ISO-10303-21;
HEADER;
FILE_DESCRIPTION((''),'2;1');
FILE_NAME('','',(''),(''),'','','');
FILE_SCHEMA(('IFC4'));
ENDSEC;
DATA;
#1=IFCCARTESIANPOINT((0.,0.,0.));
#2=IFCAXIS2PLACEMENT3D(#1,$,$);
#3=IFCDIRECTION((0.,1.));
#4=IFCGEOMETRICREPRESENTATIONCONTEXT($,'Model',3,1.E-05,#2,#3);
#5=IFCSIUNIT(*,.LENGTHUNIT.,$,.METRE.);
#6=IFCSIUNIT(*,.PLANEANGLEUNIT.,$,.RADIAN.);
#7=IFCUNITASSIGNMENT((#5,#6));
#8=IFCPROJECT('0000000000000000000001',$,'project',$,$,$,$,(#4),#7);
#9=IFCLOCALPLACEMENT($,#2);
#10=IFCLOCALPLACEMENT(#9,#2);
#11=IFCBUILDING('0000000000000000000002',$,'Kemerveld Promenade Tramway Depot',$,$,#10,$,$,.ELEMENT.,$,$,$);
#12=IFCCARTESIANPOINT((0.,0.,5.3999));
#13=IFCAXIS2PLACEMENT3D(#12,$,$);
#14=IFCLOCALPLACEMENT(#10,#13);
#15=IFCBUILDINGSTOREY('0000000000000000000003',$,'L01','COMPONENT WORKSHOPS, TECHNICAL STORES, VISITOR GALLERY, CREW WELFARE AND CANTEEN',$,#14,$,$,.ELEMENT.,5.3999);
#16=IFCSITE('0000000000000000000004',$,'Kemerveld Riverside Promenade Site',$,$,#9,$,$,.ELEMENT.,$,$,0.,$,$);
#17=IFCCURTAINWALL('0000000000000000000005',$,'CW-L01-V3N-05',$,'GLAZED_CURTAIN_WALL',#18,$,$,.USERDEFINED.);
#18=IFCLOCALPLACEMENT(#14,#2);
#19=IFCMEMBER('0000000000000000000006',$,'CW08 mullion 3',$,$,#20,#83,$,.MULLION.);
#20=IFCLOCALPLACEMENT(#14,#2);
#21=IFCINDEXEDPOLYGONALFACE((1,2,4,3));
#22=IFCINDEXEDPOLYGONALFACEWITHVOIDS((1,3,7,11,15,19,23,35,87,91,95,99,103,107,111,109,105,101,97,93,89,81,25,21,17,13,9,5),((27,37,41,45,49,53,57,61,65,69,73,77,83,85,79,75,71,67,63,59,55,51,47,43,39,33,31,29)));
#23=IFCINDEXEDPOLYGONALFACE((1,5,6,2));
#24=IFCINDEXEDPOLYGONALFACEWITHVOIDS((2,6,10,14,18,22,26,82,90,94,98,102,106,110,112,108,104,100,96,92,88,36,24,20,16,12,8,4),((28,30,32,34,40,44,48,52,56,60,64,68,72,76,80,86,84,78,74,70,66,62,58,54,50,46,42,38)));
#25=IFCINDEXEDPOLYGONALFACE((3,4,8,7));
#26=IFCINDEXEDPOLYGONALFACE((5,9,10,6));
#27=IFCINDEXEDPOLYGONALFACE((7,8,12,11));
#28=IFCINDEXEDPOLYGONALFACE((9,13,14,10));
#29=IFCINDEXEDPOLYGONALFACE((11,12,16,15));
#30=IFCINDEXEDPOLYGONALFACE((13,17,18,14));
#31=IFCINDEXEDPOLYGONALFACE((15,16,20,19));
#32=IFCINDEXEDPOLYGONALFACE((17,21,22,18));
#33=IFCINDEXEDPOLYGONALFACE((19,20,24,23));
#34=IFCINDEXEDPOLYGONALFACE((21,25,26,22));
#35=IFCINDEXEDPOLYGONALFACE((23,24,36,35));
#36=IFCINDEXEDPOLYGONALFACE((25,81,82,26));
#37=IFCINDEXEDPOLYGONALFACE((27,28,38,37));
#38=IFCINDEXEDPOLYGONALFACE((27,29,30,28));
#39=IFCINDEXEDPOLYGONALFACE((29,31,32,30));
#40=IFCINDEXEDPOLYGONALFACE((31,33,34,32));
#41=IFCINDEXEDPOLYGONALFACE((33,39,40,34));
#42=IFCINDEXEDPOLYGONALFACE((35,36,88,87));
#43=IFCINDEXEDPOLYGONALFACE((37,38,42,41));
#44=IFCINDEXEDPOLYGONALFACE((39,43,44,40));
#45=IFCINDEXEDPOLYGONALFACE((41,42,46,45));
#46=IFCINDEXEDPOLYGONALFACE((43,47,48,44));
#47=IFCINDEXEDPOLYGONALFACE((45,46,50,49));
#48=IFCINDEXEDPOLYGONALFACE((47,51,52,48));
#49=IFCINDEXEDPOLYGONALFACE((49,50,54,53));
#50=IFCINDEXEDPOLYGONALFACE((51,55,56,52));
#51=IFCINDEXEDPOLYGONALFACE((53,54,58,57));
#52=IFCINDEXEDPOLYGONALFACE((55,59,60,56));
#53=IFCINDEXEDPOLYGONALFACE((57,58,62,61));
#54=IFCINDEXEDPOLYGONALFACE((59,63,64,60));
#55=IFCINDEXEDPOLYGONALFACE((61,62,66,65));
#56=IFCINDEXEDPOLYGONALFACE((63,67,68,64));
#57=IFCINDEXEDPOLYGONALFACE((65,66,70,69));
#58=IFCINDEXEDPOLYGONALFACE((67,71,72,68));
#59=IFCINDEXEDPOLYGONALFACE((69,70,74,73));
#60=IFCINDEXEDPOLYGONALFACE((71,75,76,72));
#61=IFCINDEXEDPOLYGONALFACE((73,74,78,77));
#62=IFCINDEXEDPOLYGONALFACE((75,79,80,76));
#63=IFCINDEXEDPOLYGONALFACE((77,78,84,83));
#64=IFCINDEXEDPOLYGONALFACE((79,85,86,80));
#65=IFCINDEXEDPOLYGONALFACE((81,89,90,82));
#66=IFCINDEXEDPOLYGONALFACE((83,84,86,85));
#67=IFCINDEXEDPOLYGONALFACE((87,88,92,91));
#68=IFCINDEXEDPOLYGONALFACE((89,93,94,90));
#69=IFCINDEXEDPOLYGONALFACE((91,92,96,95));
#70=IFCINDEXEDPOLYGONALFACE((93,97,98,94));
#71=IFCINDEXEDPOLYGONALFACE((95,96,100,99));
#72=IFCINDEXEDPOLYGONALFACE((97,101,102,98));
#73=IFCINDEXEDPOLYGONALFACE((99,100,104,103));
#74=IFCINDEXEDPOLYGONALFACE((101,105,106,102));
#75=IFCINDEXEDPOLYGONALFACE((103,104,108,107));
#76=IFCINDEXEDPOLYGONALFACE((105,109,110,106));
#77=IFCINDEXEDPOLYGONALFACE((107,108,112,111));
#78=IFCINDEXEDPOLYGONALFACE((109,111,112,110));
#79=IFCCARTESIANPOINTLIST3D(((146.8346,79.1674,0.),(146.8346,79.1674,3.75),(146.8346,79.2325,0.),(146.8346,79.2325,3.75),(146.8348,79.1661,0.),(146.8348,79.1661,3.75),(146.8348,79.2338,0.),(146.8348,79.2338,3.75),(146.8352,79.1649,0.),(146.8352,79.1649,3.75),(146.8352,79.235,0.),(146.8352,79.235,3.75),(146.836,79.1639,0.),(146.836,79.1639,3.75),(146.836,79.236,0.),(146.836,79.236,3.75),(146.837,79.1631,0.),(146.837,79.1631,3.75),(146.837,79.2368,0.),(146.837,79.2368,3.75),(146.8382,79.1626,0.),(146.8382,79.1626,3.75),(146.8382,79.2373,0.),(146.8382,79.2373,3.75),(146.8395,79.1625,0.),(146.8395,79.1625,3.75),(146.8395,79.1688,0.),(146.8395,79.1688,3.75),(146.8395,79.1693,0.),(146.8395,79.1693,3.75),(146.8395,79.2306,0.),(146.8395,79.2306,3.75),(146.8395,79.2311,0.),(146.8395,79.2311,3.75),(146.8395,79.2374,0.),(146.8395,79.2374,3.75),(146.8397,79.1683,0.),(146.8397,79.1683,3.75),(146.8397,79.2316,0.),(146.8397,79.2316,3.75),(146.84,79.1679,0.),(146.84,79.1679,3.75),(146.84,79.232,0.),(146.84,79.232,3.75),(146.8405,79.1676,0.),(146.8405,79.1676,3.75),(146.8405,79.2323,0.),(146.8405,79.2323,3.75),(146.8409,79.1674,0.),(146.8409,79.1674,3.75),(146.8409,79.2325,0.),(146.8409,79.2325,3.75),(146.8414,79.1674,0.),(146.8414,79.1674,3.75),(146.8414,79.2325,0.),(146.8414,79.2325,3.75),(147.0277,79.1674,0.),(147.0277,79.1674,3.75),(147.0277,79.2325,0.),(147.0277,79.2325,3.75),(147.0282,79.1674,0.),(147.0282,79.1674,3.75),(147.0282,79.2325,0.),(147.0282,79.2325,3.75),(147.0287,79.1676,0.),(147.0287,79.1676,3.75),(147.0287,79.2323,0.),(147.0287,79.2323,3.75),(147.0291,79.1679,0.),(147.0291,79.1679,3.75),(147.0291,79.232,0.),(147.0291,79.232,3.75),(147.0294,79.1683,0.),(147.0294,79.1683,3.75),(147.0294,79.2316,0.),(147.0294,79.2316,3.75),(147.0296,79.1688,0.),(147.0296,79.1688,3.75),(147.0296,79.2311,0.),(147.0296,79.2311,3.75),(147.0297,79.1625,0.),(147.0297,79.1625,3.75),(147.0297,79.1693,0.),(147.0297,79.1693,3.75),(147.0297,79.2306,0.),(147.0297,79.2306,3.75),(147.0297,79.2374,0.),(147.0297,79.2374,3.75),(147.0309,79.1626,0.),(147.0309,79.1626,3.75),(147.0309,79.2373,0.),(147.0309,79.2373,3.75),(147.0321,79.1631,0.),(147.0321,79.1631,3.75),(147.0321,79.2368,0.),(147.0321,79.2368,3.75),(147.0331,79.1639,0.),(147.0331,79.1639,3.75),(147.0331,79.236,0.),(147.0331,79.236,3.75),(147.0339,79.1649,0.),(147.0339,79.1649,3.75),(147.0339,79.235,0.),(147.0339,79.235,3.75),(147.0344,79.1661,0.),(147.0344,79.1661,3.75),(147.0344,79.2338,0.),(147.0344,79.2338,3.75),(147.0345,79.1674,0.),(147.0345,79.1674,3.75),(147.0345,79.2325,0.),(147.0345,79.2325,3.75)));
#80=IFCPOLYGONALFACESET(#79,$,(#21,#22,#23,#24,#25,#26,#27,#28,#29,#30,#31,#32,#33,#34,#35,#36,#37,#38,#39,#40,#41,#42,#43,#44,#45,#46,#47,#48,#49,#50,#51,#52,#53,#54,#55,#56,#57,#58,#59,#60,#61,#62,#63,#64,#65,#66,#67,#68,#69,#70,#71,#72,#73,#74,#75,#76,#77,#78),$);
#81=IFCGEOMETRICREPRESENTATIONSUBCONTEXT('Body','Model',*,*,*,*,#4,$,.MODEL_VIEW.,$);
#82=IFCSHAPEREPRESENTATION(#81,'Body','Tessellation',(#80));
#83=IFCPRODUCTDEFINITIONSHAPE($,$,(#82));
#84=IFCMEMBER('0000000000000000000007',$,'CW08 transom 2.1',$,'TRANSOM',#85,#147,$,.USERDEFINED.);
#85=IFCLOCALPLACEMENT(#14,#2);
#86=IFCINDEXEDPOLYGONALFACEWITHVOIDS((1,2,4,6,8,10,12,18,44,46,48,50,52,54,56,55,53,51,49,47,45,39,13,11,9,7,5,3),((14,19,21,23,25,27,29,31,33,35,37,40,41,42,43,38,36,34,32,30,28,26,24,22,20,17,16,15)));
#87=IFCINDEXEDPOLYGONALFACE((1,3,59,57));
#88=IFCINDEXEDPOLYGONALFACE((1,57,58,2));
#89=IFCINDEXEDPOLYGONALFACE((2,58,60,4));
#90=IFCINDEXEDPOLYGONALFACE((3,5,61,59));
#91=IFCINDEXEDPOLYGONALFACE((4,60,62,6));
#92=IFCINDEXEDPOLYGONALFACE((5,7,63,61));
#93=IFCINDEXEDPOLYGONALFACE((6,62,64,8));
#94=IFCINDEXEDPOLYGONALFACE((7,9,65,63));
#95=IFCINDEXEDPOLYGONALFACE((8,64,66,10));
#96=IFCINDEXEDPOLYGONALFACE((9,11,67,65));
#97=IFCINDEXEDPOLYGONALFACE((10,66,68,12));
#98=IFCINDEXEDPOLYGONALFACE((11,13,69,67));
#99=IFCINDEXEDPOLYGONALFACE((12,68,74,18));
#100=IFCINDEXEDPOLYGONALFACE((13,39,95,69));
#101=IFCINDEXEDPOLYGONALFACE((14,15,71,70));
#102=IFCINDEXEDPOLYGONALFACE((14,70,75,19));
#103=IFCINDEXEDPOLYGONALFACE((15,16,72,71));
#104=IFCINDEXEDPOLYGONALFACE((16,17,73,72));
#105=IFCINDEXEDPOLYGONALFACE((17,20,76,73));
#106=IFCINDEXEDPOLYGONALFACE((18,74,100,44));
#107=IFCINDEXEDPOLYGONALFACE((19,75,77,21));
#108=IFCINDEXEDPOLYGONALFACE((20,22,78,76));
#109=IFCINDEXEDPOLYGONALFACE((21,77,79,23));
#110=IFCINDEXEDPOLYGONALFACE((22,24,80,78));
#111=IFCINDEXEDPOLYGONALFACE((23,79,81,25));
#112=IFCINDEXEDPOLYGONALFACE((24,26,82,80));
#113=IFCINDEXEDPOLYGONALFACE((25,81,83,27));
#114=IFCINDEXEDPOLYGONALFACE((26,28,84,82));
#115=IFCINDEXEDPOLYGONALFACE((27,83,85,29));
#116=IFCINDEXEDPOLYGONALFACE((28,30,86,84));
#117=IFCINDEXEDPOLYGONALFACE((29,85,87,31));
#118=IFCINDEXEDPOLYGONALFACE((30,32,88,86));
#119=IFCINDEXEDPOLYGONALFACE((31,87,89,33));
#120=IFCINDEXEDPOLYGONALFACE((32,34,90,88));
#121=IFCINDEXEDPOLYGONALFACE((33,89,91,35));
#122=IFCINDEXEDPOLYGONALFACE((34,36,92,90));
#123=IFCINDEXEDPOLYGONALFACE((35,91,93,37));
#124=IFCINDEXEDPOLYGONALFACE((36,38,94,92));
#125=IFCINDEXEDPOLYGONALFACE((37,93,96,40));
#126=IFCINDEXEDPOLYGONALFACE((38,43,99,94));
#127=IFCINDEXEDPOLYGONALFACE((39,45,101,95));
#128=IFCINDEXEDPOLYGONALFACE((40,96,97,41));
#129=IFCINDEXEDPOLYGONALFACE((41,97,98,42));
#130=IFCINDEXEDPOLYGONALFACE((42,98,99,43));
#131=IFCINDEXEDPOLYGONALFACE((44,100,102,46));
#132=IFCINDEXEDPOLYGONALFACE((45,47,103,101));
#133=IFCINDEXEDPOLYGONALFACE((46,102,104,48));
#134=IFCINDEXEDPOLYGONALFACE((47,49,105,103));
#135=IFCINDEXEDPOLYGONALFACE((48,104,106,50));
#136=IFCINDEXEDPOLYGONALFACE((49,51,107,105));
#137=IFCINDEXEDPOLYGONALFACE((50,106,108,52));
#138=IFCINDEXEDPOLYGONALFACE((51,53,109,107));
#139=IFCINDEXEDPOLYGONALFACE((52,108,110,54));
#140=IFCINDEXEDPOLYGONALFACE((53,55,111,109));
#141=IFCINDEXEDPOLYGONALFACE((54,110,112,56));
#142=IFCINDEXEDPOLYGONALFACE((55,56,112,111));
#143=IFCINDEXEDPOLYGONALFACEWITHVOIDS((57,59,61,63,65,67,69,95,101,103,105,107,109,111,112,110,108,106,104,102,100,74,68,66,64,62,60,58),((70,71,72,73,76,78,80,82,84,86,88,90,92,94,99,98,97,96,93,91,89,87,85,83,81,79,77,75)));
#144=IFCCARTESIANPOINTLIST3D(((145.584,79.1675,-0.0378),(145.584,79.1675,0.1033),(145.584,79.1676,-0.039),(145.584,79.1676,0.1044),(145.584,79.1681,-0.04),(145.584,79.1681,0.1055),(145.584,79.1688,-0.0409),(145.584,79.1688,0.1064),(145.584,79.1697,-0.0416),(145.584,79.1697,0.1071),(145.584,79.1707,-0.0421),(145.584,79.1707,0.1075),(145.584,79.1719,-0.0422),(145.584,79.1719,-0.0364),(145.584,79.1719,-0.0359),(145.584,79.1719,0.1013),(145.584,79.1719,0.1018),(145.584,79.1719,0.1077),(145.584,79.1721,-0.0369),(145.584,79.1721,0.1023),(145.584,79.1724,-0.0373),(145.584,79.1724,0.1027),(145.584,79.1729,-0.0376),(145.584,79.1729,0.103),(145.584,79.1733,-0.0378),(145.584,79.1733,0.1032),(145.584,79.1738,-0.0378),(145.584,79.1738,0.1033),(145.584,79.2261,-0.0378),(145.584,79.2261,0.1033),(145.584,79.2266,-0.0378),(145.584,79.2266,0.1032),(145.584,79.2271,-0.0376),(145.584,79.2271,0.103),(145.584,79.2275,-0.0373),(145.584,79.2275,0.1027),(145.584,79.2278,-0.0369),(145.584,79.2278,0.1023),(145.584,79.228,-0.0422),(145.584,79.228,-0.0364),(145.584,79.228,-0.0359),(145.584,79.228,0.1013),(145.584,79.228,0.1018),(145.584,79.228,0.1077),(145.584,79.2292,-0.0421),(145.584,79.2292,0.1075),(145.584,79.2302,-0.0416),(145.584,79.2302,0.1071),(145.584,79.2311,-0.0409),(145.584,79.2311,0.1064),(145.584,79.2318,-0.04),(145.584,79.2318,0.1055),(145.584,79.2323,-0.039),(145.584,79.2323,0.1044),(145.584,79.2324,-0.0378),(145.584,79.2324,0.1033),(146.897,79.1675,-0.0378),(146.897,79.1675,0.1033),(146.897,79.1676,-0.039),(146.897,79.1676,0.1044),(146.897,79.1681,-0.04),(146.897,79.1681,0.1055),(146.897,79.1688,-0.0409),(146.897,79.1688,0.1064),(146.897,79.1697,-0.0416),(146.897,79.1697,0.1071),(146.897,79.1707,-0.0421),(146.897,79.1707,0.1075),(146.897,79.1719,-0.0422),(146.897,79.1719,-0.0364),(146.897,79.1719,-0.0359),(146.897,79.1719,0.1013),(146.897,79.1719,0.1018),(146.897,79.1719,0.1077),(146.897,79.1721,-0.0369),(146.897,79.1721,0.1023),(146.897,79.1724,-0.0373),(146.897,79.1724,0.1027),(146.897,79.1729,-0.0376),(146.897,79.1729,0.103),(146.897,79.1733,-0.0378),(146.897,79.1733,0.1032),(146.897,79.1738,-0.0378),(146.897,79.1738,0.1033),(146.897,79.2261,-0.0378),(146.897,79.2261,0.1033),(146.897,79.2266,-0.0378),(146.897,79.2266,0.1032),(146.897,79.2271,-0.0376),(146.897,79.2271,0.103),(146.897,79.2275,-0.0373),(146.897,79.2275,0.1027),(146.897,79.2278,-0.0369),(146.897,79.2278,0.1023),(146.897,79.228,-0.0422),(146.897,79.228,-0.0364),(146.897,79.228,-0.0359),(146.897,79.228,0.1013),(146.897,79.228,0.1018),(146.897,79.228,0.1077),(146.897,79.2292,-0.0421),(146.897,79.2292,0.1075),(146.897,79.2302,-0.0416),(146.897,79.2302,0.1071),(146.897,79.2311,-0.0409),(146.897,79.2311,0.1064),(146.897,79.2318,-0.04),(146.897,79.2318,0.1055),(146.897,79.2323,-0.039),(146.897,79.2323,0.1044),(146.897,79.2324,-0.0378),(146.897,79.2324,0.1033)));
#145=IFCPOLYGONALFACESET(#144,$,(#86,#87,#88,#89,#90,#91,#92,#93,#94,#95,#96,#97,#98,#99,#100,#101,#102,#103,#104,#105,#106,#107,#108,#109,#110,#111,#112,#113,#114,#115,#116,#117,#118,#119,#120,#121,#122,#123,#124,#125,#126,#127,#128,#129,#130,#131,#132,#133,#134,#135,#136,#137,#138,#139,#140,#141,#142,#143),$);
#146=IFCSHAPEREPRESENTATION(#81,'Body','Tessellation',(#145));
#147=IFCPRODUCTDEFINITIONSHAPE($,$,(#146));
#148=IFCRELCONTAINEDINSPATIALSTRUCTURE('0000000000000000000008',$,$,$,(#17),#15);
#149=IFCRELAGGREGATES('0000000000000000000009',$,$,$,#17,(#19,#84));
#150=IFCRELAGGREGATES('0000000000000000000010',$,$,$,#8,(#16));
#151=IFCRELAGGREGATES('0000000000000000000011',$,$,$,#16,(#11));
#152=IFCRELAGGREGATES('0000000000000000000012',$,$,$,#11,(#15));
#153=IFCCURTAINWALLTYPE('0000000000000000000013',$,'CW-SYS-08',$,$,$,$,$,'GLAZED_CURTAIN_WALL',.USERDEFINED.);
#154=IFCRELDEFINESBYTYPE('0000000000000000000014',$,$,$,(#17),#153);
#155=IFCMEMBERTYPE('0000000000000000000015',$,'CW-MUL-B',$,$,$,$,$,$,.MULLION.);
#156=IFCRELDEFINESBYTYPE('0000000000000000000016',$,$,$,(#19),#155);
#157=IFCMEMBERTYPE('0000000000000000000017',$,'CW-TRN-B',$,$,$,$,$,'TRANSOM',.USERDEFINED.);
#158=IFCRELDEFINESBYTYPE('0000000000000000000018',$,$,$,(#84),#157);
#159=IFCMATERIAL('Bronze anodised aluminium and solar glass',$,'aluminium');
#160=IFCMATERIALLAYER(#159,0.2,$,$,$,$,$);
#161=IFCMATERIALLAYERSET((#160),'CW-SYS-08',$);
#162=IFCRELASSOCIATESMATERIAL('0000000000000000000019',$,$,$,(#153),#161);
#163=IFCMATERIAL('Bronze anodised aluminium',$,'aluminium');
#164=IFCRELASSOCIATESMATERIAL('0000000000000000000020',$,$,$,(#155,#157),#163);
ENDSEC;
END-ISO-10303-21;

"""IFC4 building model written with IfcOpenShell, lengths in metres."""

from ifc_helpers import new_model, si_unit, direction, frame, origin, origin_2d, place, context, subcontext, project, spatial, hollow_rectangle, extrude, material, layer, layer_set, material_profile, profile_set, type_object, element, aggregate, save


model = new_model("IFC4")

# Units and contexts
model_context = context("Model", 3, precision=1e-05, world=origin(), true_north=direction((0.0, 1.0)))
body_context = subcontext(model_context, "Body", "Model", "MODEL_VIEW")
ifc_project = project(units=[si_unit("LENGTHUNIT", "METRE"), si_unit("PLANEANGLEUNIT", "RADIAN")], contexts=[model_context])

# Site, building, storey
site_placement = place(None, origin())
site = spatial("IfcSite", under=ifc_project, at=site_placement, Name="Kemerveld Riverside Promenade Site", CompositionType="ELEMENT", RefElevation=0.0)
building_placement = place(site_placement, origin())
building = spatial("IfcBuilding", under=site, at=building_placement, Name="Kemerveld Promenade Tramway Depot", CompositionType="ELEMENT")
storey_placement = place(building_placement, frame((0.0, 0.0, 5.3999)))
storey = spatial("IfcBuildingStorey", under=building, at=storey_placement, Name="L01", Description="COMPONENT WORKSHOPS, TECHNICAL STORES, VISITOR GALLERY, CREW WELFARE AND CANTEEN", CompositionType="ELEMENT", Elevation=5.3999)

# Curtain wall, members
ifc_material_1 = material(Name="Bronze anodised aluminium and solar glass", Category="aluminium")
ifc_layer_1 = layer(ifc_material_1, 0.2)
ifc_layer_set_1 = layer_set([ifc_layer_1], Name="CW-SYS-08")
curtain_wall_type = type_object("IfcCurtainWallType", Name="CW-SYS-08", ElementType="GLAZED_CURTAIN_WALL", PredefinedType="USERDEFINED", material=ifc_layer_set_1)
curtain_wall_placement = place(storey_placement, origin())
curtain_wall = element("IfcCurtainWall", 1, at=curtain_wall_placement, inside=storey, type_object=curtain_wall_type, Name="CW-L01-V3N-05", ObjectType="GLAZED_CURTAIN_WALL", PredefinedType="USERDEFINED")
ifc_material_2 = material(Name="Bronze anodised aluminium", Category="aluminium")
ifc_material_profile_1 = material_profile(ifc_material_2, hollow_rectangle(XDim=0.075, YDim=0.2, WallThickness=0.0049, InnerFilletRadius=0.002, OuterFilletRadius=0.0049, at=origin_2d()), Name="CW-MUL-200x75")
ifc_profile_set_1 = profile_set([ifc_material_profile_1], Name="Bronze anodised aluminium")
member_type_1 = type_object("IfcMemberType", Name="CW-MUL-B", PredefinedType="MULLION", material=ifc_profile_set_1)
member_1_placement = place(storey_placement, frame((146.9346, 79.2, 0.0), z_axis=(0.0, 0.0, 1.0), x_axis=(0.0, 1.0, 0.0)))
member_1 = element("IfcMember", 2, at=member_1_placement, type_object=member_type_1, Name="CW08 mullion 3", PredefinedType="MULLION", context=body_context, shape_type="SweptSolid", body=[
    extrude(hollow_rectangle(XDim=0.075, YDim=0.2, WallThickness=0.0049, InnerFilletRadius=0.002, OuterFilletRadius=0.0049, at=origin_2d()), origin(), (0.0, 0.0, 1.0), 3.75),
])
ifc_material_profile_2 = material_profile(ifc_material_2, hollow_rectangle(XDim=0.0649, YDim=0.1499, WallThickness=0.0044, InnerFilletRadius=0.002, OuterFilletRadius=0.0044, at=origin_2d()), Name="CW-TRN-150x65")
ifc_profile_set_2 = profile_set([ifc_material_profile_2], Name="Bronze anodised aluminium")
member_type_2 = type_object("IfcMemberType", Name="CW-TRN-B", ElementType="TRANSOM", PredefinedType="USERDEFINED", material=ifc_profile_set_2)
member_2_placement = place(storey_placement, frame((145.584, 79.2, 0.0327), z_axis=(1.0, 0.0, 0.0), x_axis=(0.0, 1.0, 0.0)))
member_2 = element("IfcMember", 3, at=member_2_placement, type_object=member_type_2, Name="CW08 transom 2.1", ObjectType="TRANSOM", PredefinedType="USERDEFINED", context=body_context, shape_type="SweptSolid", body=[
    extrude(hollow_rectangle(XDim=0.0649, YDim=0.1499, WallThickness=0.0044, InnerFilletRadius=0.002, OuterFilletRadius=0.0044, at=origin_2d()), origin(), (0.0, 0.0, 1.0), 1.313),
])
aggregate(curtain_wall, [member_1, member_2])

save(model, "model.ifc")
